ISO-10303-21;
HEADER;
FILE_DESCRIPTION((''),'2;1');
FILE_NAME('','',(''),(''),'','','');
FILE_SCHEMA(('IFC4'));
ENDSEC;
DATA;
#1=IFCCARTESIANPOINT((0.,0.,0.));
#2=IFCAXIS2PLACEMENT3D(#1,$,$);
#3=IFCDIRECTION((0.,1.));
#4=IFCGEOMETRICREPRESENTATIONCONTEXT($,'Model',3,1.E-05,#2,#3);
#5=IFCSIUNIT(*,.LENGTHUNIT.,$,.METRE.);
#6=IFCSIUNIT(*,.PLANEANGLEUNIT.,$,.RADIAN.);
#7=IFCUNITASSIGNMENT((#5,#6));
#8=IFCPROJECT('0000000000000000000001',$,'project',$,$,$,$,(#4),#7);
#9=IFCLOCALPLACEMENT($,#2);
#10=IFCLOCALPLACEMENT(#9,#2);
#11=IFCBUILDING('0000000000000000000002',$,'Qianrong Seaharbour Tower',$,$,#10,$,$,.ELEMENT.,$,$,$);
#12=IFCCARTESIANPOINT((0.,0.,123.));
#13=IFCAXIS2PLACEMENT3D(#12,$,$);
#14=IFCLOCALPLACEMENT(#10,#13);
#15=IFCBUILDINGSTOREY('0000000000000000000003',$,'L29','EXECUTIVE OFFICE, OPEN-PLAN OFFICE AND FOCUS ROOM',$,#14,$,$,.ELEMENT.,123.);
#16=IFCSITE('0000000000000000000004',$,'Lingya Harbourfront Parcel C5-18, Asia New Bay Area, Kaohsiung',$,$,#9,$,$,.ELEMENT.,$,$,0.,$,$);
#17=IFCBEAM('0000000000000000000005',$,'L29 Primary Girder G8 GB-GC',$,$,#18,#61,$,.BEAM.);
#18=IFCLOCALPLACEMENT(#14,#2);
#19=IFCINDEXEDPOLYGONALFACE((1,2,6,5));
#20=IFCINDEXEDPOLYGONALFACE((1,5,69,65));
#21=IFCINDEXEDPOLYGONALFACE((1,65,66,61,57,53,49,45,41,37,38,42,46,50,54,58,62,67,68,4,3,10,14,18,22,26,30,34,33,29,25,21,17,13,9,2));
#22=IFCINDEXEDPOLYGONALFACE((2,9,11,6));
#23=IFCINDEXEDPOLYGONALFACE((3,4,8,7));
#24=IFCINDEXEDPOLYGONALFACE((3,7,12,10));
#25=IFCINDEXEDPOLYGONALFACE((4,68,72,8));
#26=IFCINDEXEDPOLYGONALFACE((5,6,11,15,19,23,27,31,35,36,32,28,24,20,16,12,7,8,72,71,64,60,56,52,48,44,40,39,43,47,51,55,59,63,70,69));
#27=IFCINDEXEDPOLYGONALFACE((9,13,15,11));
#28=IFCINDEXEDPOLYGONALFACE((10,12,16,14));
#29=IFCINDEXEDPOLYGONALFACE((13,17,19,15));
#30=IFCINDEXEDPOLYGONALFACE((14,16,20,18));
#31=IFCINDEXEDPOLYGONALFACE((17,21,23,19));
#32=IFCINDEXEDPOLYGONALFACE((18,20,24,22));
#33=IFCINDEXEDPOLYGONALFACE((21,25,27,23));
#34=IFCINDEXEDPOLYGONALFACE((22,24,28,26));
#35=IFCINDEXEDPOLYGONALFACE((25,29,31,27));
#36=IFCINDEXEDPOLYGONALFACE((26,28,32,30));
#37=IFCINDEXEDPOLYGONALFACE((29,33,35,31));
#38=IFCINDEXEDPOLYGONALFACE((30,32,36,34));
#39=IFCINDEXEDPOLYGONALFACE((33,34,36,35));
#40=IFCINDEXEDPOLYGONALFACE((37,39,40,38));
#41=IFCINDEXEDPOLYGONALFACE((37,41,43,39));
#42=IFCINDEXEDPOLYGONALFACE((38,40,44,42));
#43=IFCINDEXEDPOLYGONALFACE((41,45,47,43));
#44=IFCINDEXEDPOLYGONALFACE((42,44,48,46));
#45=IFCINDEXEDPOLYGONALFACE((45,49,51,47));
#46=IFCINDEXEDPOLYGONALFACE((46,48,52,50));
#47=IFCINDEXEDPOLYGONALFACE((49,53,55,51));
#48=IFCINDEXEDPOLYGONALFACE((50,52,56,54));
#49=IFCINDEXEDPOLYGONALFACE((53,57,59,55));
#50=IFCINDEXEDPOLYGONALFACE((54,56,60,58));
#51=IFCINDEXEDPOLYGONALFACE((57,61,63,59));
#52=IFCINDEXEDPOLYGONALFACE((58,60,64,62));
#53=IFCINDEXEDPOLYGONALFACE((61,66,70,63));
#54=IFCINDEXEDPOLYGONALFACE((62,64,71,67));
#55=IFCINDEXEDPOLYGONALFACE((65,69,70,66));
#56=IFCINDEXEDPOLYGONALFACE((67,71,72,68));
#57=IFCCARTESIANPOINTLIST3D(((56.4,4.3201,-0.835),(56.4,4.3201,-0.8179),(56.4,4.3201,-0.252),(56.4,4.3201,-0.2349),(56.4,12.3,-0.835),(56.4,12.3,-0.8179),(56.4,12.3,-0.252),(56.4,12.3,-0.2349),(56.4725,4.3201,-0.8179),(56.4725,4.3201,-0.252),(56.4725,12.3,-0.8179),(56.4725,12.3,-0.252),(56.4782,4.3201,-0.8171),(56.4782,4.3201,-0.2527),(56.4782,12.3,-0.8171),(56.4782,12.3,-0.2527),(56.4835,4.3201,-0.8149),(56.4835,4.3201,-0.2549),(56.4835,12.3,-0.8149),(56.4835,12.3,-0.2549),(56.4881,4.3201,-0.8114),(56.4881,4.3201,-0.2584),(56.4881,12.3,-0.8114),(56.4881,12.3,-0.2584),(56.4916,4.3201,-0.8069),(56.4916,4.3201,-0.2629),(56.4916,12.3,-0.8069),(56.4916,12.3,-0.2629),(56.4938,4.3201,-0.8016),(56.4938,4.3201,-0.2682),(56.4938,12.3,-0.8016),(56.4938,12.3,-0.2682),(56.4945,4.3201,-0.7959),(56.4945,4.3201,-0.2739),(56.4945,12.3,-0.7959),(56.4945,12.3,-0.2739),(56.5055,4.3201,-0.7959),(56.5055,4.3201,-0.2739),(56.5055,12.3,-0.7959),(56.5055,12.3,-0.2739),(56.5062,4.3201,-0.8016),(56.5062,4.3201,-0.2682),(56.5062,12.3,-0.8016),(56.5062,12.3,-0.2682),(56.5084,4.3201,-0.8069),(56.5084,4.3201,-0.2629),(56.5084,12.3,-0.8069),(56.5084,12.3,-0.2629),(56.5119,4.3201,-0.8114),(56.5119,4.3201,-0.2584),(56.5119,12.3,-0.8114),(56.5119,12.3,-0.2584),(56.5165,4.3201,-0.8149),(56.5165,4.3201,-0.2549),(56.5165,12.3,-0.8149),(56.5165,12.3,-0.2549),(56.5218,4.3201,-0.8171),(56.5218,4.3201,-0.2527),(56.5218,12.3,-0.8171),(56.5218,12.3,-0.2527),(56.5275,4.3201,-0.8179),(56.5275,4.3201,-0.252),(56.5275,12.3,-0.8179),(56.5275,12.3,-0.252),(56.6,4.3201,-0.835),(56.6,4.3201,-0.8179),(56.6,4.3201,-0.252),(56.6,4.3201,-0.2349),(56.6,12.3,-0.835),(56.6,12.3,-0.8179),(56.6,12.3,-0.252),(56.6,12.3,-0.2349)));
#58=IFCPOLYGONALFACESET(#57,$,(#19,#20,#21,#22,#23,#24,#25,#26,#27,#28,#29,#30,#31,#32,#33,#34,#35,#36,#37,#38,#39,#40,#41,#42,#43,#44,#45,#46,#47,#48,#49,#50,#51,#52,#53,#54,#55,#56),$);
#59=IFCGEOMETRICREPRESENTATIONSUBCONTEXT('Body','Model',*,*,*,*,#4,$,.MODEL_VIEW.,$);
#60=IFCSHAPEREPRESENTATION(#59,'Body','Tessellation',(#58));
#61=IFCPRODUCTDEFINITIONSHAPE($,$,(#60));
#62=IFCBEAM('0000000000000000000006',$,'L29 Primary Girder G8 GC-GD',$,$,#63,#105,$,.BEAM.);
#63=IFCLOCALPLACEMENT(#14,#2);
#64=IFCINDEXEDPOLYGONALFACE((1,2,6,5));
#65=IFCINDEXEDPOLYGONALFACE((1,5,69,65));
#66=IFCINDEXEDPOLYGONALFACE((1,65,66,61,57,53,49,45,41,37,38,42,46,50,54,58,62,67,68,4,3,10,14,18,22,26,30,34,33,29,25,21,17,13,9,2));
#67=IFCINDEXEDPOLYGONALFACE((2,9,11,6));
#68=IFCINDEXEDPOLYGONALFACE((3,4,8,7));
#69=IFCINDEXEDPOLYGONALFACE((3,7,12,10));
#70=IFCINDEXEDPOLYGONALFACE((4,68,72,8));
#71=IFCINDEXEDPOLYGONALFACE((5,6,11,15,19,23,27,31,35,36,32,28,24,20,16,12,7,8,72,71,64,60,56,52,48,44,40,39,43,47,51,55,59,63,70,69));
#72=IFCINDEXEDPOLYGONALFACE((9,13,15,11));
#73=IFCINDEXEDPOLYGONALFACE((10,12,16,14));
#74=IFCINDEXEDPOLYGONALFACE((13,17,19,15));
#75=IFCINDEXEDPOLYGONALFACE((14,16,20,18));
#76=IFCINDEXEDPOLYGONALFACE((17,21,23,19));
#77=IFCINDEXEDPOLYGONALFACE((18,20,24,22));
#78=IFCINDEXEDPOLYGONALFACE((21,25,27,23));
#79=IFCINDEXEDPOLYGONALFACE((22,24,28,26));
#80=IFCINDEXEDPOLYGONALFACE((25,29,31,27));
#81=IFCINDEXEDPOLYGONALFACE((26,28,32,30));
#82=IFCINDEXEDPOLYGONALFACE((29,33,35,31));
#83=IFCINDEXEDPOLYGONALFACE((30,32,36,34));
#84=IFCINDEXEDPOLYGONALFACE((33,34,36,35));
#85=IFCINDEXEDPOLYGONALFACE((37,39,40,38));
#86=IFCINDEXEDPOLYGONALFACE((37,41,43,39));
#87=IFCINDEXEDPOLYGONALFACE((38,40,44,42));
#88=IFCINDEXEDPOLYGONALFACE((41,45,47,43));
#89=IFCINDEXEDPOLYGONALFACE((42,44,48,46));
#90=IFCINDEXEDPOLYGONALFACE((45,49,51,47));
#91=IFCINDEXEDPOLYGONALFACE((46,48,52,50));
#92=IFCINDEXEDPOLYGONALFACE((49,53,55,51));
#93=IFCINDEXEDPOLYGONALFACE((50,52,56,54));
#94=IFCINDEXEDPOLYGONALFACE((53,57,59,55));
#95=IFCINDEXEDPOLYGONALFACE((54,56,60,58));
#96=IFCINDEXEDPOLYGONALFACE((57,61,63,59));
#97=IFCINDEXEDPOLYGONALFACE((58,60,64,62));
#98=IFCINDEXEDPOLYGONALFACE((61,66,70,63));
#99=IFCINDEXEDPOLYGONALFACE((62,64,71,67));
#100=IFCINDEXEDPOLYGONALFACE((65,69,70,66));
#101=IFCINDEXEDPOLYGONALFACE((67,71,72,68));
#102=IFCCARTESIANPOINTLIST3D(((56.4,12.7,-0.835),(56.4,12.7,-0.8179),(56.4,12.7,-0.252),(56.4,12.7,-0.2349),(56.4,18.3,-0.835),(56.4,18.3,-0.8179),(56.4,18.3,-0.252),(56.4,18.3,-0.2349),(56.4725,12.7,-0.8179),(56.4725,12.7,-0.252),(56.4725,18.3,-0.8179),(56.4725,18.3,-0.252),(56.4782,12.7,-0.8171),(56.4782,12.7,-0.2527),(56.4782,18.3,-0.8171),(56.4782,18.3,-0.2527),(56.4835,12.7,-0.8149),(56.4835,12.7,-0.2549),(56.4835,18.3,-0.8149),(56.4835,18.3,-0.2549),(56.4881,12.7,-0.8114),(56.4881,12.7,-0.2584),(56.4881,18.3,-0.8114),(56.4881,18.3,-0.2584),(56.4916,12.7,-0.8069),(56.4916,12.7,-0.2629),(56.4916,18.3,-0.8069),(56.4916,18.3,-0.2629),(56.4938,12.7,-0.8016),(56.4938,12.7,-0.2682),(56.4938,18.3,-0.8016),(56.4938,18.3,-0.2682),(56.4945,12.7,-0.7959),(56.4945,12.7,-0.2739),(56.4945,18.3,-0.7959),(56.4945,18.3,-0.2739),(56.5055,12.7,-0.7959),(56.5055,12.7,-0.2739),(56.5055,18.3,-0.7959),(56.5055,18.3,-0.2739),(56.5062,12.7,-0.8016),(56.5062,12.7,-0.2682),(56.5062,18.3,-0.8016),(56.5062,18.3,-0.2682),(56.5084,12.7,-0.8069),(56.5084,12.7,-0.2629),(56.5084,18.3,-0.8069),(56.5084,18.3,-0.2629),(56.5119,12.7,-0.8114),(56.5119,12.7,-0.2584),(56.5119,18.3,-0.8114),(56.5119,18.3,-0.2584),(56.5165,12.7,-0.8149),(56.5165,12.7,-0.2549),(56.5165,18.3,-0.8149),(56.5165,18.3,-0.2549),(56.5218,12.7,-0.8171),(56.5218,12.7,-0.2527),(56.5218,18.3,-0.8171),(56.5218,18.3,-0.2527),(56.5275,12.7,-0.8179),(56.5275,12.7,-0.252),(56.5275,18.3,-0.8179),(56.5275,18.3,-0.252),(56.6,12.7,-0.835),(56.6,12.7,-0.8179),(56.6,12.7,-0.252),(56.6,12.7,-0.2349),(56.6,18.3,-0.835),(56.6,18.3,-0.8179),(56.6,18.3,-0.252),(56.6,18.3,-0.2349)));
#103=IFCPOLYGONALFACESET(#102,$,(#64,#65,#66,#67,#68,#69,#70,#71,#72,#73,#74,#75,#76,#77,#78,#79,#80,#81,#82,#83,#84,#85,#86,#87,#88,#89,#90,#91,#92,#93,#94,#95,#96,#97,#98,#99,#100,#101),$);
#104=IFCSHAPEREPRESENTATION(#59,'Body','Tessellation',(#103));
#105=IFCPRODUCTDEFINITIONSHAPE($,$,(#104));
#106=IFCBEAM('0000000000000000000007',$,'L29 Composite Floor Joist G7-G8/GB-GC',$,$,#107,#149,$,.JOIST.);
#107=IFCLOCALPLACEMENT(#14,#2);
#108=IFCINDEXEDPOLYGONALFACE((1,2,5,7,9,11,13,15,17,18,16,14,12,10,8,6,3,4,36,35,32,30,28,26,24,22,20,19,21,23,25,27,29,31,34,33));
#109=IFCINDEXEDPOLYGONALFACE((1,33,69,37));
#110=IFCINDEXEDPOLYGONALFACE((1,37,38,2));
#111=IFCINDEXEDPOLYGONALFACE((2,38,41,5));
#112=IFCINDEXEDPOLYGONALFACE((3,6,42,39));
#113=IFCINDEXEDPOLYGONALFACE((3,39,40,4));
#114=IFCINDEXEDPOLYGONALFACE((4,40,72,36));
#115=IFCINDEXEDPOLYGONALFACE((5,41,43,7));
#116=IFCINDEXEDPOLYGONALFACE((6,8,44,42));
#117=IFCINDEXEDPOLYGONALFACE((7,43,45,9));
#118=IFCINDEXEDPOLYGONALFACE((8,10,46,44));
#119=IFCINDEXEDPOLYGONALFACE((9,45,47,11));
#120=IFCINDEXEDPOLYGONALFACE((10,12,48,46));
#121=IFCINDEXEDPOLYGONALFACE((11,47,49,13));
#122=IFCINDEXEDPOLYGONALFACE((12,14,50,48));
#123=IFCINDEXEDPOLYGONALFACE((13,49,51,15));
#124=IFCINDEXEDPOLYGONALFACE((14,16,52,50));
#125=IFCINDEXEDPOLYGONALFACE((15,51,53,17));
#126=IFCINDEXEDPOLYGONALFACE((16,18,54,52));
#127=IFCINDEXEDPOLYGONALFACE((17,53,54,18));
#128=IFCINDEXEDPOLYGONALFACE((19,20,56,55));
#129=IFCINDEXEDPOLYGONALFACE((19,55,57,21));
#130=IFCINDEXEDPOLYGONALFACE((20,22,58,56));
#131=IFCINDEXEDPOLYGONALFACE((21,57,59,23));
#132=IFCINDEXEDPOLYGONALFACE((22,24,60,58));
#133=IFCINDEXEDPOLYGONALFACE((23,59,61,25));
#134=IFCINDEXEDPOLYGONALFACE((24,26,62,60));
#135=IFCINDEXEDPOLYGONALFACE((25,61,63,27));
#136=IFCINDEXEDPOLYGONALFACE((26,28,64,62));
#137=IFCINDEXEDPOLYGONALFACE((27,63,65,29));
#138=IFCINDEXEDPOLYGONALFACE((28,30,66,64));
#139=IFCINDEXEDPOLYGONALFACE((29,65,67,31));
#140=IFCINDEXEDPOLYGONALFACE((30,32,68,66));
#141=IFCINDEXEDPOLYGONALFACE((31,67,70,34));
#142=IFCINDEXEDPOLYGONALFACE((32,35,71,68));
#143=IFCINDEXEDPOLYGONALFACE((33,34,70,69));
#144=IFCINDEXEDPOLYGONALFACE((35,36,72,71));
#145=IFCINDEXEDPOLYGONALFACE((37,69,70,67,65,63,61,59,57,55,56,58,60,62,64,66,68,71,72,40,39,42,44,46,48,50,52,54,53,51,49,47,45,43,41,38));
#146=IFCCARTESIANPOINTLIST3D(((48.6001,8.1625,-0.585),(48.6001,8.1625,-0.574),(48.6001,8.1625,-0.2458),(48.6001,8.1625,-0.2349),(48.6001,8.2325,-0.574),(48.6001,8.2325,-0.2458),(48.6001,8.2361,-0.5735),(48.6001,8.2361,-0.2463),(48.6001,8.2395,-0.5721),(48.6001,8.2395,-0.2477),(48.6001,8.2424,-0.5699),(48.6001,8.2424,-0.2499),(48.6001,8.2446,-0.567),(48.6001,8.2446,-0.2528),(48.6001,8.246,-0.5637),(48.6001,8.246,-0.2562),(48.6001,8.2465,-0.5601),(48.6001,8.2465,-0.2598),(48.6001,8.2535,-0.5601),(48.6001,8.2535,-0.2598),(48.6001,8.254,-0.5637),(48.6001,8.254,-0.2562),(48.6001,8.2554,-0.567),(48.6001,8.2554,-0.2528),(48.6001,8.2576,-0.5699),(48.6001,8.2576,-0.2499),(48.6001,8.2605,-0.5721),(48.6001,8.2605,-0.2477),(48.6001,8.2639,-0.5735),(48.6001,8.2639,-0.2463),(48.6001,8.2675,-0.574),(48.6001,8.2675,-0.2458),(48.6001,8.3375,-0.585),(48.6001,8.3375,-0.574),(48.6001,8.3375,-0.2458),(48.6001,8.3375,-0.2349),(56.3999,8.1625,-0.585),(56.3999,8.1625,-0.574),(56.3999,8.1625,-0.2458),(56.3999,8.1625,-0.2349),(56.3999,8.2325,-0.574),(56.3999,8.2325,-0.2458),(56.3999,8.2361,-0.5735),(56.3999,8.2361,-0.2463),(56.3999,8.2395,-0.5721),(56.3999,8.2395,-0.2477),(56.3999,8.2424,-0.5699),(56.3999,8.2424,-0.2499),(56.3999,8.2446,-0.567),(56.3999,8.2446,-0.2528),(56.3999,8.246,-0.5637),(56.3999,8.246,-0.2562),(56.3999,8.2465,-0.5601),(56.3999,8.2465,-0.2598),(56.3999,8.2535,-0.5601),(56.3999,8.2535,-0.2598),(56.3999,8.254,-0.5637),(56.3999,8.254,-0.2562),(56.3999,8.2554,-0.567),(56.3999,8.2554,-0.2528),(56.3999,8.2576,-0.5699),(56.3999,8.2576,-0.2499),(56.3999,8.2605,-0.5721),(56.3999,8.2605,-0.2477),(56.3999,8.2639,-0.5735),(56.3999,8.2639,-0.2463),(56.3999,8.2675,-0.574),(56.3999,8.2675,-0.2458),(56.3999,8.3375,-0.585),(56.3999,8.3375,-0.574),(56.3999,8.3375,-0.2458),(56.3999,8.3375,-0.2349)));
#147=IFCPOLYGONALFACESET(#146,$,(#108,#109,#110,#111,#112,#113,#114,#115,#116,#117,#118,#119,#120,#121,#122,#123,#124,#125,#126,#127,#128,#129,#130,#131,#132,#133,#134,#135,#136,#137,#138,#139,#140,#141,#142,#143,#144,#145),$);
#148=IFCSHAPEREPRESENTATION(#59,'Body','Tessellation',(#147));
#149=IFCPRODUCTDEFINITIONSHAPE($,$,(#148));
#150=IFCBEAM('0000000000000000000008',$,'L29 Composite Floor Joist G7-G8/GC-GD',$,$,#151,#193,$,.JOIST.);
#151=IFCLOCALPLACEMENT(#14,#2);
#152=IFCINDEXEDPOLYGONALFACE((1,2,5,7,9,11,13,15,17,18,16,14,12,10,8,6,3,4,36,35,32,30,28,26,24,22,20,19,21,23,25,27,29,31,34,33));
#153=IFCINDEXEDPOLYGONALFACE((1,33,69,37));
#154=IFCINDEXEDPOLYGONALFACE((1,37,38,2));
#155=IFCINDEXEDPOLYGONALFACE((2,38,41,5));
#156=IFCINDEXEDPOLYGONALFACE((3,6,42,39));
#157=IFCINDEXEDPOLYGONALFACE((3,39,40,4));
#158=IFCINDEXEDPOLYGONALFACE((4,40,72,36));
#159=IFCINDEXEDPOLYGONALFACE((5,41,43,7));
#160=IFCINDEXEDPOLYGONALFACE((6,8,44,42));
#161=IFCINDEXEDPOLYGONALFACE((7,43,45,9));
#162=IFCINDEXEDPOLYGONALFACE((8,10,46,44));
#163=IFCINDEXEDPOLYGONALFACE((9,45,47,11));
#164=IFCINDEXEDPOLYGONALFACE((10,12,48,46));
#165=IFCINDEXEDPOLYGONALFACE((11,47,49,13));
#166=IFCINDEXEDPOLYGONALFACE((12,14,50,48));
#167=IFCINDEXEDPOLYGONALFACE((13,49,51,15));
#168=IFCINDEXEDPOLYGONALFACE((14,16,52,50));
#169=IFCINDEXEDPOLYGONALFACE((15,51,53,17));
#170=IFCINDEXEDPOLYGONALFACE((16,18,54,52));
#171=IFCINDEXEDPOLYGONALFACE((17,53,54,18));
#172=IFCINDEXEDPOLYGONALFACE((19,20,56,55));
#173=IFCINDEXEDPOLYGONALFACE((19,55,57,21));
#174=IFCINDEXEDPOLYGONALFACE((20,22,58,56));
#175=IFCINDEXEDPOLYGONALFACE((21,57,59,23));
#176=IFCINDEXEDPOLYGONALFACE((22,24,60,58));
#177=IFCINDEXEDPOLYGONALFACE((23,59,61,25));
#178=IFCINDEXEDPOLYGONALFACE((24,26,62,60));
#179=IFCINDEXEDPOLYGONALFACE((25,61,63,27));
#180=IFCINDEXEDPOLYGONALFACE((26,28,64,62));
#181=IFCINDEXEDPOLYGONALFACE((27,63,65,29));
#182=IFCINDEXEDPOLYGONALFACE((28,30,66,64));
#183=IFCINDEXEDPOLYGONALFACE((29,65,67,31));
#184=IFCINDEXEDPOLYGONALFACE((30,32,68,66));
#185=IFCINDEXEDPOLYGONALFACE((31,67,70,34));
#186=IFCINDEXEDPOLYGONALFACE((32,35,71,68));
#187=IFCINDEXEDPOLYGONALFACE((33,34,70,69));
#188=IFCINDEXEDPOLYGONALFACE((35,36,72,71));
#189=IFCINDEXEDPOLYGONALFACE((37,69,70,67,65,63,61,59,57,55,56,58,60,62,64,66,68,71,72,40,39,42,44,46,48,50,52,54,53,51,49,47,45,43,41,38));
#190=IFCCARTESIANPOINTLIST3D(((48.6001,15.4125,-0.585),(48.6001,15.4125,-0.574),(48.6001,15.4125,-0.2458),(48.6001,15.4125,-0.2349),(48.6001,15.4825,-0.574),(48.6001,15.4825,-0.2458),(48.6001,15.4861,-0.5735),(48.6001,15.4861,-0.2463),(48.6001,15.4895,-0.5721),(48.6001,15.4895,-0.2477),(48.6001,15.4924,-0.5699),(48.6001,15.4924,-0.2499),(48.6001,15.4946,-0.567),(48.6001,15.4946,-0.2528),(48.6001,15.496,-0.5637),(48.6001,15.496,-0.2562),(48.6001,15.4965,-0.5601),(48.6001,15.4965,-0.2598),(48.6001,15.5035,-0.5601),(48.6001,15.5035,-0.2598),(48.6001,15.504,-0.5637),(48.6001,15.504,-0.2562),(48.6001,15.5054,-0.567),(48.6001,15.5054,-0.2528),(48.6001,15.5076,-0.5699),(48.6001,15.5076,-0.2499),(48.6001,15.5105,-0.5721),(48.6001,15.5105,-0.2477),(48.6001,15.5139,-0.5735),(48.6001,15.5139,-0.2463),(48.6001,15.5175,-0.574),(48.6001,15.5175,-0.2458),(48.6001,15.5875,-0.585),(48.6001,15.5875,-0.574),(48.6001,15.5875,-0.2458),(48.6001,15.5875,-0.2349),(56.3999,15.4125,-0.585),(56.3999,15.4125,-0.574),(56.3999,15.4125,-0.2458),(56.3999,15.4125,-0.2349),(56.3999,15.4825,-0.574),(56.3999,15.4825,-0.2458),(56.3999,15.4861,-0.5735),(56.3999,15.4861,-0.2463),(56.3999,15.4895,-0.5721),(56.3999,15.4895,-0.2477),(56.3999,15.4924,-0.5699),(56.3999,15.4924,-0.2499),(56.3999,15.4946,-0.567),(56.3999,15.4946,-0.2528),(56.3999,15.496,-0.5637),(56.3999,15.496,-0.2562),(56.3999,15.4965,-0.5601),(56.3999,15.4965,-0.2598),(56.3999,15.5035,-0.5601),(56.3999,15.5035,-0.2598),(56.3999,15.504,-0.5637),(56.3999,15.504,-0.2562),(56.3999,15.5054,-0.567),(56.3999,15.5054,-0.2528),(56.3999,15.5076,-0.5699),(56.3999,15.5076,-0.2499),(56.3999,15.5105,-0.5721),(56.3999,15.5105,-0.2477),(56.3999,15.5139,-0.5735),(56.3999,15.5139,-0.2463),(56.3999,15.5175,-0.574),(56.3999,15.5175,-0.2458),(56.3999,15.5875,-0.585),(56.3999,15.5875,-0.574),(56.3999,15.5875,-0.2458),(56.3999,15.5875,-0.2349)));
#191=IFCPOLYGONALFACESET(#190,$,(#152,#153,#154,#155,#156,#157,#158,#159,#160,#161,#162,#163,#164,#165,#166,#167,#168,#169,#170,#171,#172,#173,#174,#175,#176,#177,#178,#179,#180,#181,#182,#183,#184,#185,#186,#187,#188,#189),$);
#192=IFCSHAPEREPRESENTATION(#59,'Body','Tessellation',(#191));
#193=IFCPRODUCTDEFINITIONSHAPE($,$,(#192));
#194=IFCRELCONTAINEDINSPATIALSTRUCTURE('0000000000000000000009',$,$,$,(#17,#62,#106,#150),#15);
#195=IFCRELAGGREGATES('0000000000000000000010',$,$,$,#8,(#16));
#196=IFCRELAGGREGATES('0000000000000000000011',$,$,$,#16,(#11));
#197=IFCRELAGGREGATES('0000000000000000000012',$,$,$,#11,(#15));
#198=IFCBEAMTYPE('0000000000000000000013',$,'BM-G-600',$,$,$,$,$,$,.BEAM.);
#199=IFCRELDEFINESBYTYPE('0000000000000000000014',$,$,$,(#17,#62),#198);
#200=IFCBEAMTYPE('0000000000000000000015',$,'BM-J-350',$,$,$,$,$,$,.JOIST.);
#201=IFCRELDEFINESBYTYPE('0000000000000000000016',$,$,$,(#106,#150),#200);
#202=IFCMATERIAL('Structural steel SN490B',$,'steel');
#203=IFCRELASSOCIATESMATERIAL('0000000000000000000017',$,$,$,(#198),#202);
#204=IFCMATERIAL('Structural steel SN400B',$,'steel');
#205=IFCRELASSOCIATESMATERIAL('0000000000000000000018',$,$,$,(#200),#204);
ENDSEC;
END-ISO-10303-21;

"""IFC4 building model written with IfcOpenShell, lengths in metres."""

from ifc_helpers import new_model, si_unit, direction, frame, origin, origin_2d, place, context, subcontext, project, spatial, i_section, extrude, material, material_profile, profile_set, type_object, element, save


model = new_model("IFC4")

# Units and contexts
model_context = context("Model", 3, precision=1e-05, world=origin(), true_north=direction((0.0, 1.0)))
body_context = subcontext(model_context, "Body", "Model", "MODEL_VIEW")
ifc_project = project(units=[si_unit("LENGTHUNIT", "METRE"), si_unit("PLANEANGLEUNIT", "RADIAN")], contexts=[model_context])

# Site, building, storey
site_placement = place(None, origin())
site = spatial("IfcSite", under=ifc_project, at=site_placement, Name="Lingya Harbourfront Parcel C5-18, Asia New Bay Area, Kaohsiung", CompositionType="ELEMENT", RefElevation=0.0)
building_placement = place(site_placement, origin())
building = spatial("IfcBuilding", under=site, at=building_placement, Name="Qianrong Seaharbour Tower", CompositionType="ELEMENT")
storey_placement = place(building_placement, frame((0.0, 0.0, 123.0)))
storey = spatial("IfcBuildingStorey", under=building, at=storey_placement, Name="L29", Description="EXECUTIVE OFFICE, OPEN-PLAN OFFICE AND FOCUS ROOM", CompositionType="ELEMENT", Elevation=123.0)

# Shared definitions
ifc_material_1 = material(Name="Structural steel SN490B", Category="steel")

# Beams
ifc_material_profile_1 = material_profile(ifc_material_1, i_section(OverallWidth=0.2, OverallDepth=0.6001, WebThickness=0.011, FlangeThickness=0.0171, FilletRadius=0.022, at=origin_2d()), Name="H600x200x11x17")
ifc_profile_set_1 = profile_set([ifc_material_profile_1], Name="Structural steel SN490B")
beam_type_1 = type_object("IfcBeamType", Name="BM-G-600", PredefinedType="BEAM", material=ifc_profile_set_1)
beam_1_placement = place(storey_placement, frame((56.5, 4.3201, -0.5349), z_axis=(0.0, 1.0, 0.0), x_axis=(-1.0, 0.0, 0.0)))
element("IfcBeam", 1, at=beam_1_placement, inside=storey, type_object=beam_type_1, Name="L29 Primary Girder G8 GB-GC", PredefinedType="BEAM", context=body_context, shape_type="SweptSolid", body=[
    extrude(i_section(OverallWidth=0.2, OverallDepth=0.6001, WebThickness=0.011, FlangeThickness=0.0171, FilletRadius=0.022, at=origin_2d()), origin(), (0.0, 0.0, 1.0), 7.98),
])
beam_2_placement = place(storey_placement, frame((56.5, 12.7, -0.5349), z_axis=(0.0, 1.0, 0.0), x_axis=(-1.0, 0.0, 0.0)))
element("IfcBeam", 2, at=beam_2_placement, inside=storey, type_object=beam_type_1, Name="L29 Primary Girder G8 GC-GD", PredefinedType="BEAM", context=body_context, shape_type="SweptSolid", body=[
    extrude(i_section(OverallWidth=0.2, OverallDepth=0.6001, WebThickness=0.011, FlangeThickness=0.0171, FilletRadius=0.022, at=origin_2d()), origin(), (0.0, 0.0, 1.0), 5.6001),
])
ifc_material_2 = material(Name="Structural steel SN400B", Category="steel")
ifc_material_profile_2 = material_profile(ifc_material_2, i_section(OverallWidth=0.175, OverallDepth=0.3501, WebThickness=0.0071, FlangeThickness=0.011, FilletRadius=0.0139, at=origin_2d()), Name="H350x175x7x11")
ifc_profile_set_2 = profile_set([ifc_material_profile_2], Name="Structural steel SN400B")
beam_type_2 = type_object("IfcBeamType", Name="BM-J-350", PredefinedType="JOIST", material=ifc_profile_set_2)
for number, where, z_axis, x_axis, name in (
    (3, (48.6001, 8.25, -0.4099), (1.0, 0.0, 0.0), (0.0, 1.0, 0.0), "L29 Composite Floor Joist G7-G8/GB-GC"),
    (4, (48.6001, 15.5, -0.4099), (1.0, 0.0, 0.0), (0.0, 1.0, 0.0), "L29 Composite Floor Joist G7-G8/GC-GD"),
):
    element("IfcBeam", number, at=place(storey_placement, frame(where, z_axis=z_axis, x_axis=x_axis)), inside=storey, type_object=beam_type_2, Name=name, PredefinedType="JOIST", context=body_context, shape_type="SweptSolid", body=[
        extrude(i_section(OverallWidth=0.175, OverallDepth=0.3501, WebThickness=0.0071, FlangeThickness=0.011, FilletRadius=0.0139, at=origin_2d()), origin(), (0.0, 0.0, 1.0), 7.7998),
    ])

save(model, "model.ifc")
